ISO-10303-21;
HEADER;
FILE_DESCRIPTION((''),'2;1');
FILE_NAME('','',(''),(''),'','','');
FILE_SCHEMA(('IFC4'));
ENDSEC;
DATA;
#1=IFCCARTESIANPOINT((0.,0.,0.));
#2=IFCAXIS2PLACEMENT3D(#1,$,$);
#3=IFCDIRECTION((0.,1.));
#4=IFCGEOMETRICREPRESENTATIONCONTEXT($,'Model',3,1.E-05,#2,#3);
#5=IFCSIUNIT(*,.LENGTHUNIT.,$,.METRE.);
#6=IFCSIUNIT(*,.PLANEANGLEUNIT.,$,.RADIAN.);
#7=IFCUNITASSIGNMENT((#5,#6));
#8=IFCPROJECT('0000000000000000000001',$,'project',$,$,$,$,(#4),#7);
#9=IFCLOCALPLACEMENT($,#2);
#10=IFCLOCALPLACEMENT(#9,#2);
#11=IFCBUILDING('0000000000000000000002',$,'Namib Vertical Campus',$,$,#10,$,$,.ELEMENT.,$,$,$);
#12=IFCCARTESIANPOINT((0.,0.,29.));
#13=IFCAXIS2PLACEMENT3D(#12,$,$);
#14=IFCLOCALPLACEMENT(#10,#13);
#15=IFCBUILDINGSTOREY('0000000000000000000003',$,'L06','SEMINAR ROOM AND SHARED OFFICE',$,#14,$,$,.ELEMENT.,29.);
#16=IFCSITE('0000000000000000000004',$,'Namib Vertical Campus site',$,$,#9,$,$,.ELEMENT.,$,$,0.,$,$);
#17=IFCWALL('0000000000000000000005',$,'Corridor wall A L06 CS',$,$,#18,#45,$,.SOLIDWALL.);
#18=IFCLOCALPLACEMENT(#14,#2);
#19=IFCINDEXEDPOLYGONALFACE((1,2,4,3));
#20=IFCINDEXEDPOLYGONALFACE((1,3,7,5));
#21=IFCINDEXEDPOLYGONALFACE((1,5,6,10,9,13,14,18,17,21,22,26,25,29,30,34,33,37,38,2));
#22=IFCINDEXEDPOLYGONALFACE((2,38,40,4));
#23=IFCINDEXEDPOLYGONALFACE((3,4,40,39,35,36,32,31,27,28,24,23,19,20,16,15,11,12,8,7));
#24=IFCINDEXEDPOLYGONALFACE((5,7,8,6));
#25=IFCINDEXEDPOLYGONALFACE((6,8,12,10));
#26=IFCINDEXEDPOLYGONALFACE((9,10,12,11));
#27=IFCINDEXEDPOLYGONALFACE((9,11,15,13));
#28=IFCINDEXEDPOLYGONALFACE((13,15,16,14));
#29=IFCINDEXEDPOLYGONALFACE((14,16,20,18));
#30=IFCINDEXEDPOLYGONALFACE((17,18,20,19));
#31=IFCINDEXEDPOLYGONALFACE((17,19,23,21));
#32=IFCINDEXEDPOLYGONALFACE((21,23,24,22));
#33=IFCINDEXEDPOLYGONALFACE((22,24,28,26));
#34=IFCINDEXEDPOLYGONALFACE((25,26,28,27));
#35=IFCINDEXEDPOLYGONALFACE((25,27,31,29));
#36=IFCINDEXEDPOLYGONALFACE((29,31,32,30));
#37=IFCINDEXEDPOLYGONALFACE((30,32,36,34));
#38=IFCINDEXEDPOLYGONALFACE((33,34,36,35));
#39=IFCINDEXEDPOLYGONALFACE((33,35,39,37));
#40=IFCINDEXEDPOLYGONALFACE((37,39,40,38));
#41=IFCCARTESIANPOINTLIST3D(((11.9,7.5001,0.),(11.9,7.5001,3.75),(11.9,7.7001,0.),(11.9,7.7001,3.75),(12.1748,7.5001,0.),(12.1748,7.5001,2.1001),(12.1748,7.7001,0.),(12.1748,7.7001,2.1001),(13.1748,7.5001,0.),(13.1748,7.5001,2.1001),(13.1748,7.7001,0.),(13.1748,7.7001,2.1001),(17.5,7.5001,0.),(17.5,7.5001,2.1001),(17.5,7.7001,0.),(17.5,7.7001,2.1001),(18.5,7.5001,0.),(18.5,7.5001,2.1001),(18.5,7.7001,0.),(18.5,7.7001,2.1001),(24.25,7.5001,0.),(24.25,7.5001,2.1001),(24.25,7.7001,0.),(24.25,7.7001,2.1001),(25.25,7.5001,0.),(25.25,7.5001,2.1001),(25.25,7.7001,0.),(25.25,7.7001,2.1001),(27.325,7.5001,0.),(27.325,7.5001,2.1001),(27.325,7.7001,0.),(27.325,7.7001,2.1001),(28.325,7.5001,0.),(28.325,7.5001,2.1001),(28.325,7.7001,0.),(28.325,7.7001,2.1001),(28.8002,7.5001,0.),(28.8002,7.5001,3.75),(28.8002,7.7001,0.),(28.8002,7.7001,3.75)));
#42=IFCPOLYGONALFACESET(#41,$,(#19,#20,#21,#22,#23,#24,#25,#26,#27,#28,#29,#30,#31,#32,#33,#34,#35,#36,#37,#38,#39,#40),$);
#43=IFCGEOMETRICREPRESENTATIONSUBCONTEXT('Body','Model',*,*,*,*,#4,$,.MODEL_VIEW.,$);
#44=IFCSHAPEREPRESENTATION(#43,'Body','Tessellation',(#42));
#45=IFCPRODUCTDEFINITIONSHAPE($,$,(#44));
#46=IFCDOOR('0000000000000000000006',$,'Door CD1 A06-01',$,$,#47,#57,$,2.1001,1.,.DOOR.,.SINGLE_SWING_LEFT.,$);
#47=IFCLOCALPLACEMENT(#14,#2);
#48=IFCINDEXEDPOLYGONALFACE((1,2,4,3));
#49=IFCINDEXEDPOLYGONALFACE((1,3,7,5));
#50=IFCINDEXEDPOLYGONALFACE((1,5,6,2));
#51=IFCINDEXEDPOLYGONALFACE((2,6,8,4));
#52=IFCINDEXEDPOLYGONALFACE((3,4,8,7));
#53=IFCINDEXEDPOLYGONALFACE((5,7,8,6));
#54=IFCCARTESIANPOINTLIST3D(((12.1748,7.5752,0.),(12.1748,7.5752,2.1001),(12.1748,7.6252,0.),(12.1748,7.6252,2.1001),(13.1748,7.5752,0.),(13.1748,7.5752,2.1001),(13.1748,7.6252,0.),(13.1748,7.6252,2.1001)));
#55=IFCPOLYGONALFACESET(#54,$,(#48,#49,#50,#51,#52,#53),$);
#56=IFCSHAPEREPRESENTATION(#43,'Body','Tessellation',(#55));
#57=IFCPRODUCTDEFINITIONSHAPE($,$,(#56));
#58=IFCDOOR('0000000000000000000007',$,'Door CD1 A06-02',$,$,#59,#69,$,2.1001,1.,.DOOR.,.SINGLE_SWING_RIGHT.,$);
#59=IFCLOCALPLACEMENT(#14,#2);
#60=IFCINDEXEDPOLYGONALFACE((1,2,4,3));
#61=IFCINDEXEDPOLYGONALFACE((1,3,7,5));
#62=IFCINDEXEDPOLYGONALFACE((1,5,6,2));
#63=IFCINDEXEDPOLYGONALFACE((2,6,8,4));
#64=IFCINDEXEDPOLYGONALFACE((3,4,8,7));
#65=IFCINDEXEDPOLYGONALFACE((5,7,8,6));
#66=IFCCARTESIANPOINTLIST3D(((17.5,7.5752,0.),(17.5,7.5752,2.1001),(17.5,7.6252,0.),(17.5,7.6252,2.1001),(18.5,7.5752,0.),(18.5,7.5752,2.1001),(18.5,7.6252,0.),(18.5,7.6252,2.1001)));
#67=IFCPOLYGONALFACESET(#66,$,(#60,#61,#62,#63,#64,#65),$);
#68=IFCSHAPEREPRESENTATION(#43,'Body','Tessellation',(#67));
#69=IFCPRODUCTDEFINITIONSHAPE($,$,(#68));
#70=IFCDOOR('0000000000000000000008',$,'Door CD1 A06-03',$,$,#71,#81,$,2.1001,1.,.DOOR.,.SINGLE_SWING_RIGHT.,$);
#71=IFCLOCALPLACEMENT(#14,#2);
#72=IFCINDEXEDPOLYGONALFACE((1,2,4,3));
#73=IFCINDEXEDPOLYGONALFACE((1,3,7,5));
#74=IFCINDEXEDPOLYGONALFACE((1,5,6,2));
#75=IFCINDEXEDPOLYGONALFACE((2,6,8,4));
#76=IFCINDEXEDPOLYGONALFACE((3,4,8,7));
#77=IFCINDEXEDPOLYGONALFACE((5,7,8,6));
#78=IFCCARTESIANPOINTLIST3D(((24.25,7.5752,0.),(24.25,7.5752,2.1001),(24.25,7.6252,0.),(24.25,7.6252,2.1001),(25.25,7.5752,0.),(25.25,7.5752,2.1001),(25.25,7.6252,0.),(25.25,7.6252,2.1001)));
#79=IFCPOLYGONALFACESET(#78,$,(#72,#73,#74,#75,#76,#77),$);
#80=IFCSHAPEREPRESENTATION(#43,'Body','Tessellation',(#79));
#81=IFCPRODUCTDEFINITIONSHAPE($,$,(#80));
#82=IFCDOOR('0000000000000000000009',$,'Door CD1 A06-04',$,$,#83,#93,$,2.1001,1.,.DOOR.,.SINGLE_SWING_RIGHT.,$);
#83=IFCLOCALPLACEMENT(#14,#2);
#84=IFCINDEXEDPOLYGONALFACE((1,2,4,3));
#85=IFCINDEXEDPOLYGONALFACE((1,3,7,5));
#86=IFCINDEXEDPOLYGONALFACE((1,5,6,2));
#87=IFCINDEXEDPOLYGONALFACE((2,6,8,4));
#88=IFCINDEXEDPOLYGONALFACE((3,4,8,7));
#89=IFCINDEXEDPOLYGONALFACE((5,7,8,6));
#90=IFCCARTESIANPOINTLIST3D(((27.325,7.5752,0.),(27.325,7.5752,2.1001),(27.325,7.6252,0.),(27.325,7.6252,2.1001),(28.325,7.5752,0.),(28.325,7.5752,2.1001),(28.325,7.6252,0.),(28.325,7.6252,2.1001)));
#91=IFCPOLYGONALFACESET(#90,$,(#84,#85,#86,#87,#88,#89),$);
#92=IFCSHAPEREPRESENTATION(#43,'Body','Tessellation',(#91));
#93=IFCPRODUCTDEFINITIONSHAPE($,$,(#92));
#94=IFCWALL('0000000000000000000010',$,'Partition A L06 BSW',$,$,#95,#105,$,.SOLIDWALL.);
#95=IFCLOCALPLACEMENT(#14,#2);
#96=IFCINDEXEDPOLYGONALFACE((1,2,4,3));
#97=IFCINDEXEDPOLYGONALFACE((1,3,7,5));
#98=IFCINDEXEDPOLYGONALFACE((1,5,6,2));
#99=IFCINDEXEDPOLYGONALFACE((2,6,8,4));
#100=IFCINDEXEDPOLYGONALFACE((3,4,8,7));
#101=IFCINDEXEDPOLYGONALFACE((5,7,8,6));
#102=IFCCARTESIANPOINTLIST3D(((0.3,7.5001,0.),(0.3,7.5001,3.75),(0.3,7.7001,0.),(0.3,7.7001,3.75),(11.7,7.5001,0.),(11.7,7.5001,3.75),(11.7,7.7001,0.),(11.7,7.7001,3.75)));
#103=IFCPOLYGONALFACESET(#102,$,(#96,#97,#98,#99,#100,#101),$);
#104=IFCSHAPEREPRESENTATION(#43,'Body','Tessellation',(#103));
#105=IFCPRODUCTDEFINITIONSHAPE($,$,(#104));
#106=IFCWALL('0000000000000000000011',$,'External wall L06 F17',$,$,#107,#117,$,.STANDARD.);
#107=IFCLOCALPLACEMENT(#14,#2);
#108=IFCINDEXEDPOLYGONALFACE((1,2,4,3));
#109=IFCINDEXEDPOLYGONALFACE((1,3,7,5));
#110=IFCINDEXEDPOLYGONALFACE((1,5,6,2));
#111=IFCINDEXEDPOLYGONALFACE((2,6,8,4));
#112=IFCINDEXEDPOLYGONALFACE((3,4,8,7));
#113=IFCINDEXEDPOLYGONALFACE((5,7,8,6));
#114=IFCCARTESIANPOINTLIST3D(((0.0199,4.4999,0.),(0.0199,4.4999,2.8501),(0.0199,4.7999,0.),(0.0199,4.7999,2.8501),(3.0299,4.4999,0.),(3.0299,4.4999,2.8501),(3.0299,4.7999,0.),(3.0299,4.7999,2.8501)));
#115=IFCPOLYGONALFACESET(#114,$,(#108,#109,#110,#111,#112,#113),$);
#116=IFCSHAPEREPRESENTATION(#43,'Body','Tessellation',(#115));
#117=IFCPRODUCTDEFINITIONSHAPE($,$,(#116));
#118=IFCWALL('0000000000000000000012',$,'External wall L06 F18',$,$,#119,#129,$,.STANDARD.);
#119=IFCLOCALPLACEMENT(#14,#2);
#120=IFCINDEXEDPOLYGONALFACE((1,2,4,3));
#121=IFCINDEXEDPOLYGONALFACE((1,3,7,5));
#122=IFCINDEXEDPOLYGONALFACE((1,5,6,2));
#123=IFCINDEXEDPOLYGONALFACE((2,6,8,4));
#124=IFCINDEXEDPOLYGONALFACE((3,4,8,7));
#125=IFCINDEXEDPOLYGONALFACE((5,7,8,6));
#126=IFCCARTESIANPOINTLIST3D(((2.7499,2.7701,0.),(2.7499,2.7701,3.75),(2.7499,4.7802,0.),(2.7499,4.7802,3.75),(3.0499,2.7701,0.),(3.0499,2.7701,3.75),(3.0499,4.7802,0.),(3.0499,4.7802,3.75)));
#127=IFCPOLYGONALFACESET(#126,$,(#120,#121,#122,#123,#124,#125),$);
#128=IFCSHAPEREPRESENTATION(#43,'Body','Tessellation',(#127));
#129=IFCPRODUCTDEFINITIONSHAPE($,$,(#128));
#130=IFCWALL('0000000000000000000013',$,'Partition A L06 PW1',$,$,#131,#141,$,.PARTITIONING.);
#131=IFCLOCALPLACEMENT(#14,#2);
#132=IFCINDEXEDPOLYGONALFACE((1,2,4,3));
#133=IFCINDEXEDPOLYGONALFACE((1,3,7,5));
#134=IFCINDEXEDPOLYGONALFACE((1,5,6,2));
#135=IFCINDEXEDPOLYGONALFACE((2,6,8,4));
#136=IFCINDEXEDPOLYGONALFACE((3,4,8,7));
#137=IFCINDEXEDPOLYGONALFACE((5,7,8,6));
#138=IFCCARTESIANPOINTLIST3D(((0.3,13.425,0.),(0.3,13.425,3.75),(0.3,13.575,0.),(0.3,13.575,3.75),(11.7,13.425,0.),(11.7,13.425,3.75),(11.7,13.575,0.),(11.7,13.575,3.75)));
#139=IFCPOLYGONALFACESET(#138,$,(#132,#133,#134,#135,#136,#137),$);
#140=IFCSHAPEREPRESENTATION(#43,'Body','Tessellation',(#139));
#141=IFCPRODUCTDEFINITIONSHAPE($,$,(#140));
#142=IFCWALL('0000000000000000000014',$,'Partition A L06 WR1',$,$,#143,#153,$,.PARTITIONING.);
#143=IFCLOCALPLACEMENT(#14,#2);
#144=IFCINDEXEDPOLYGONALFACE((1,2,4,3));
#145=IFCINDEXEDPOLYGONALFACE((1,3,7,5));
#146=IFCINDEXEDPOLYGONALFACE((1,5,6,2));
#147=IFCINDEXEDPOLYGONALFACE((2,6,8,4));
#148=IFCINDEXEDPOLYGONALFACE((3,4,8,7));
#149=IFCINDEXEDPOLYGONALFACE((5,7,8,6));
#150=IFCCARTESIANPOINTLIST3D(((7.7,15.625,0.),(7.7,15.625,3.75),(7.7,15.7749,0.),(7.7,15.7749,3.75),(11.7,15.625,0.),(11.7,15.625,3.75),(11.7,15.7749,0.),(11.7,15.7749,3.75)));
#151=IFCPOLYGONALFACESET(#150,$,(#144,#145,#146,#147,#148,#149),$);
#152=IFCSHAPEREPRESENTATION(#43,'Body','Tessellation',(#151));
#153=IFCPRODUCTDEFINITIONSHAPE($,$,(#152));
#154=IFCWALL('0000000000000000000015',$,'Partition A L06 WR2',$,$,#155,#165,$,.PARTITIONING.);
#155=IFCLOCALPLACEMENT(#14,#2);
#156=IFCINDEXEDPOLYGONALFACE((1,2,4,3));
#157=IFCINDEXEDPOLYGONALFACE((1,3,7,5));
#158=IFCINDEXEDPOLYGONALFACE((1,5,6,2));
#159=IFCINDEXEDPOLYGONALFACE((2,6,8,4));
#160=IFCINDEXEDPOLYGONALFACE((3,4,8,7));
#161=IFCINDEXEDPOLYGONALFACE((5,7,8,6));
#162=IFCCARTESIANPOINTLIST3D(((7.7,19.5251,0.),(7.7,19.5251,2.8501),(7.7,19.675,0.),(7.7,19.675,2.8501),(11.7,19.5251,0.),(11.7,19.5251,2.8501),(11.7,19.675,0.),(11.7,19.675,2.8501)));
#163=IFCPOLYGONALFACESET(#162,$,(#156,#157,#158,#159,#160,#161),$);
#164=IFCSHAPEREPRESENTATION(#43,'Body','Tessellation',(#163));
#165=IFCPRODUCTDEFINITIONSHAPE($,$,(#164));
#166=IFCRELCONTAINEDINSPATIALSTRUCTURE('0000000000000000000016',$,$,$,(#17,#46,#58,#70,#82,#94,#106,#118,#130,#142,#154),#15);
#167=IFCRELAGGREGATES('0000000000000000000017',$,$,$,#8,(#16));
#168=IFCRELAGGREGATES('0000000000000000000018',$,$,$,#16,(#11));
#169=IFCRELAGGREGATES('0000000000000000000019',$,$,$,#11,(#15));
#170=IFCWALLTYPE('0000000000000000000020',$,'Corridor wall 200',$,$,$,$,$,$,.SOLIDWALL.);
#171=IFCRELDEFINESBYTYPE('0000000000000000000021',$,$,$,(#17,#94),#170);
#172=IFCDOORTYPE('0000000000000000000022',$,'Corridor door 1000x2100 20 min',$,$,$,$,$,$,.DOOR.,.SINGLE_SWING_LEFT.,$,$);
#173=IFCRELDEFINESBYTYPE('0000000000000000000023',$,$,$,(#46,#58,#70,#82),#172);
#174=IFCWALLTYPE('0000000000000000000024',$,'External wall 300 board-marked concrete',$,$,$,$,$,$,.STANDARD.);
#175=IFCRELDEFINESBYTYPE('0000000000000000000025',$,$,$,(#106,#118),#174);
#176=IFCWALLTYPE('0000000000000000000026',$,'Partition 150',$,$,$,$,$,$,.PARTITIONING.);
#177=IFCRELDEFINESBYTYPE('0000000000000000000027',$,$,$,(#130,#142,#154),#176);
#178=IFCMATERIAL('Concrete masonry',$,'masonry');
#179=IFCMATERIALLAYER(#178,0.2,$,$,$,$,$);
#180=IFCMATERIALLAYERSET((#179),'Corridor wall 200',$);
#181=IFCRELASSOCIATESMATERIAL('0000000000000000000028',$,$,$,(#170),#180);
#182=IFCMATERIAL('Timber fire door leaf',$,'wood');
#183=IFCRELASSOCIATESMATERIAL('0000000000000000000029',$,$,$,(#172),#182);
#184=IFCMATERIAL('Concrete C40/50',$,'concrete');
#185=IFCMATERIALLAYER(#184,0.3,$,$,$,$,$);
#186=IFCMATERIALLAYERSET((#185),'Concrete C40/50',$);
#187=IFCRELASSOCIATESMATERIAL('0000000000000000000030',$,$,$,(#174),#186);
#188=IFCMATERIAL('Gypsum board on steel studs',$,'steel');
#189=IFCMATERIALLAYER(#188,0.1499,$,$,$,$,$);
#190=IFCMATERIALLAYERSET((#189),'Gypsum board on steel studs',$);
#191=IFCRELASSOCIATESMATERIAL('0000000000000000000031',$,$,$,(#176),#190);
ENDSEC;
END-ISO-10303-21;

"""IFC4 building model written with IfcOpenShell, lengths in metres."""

from ifc_helpers import new_model, si_unit, direction, frame, frame_2d, origin, place, context, subcontext, project, spatial, rectangle, extrude, material, layer, layer_set, type_object, element, fill, save


model = new_model("IFC4")

# Units and contexts
model_context = context("Model", 3, precision=1e-05, world=origin(), true_north=direction((0.0, 1.0)))
body_context = subcontext(model_context, "Body", "Model", "MODEL_VIEW")
ifc_project = project(units=[si_unit("LENGTHUNIT", "METRE"), si_unit("PLANEANGLEUNIT", "RADIAN")], contexts=[model_context])

# Site, building, storey
site_placement = place(None, origin())
site = spatial("IfcSite", under=ifc_project, at=site_placement, Name="Namib Vertical Campus site", CompositionType="ELEMENT", RefElevation=0.0)
building_placement = place(site_placement, origin())
building = spatial("IfcBuilding", under=site, at=building_placement, Name="Namib Vertical Campus", CompositionType="ELEMENT")
storey_placement = place(building_placement, frame((0.0, 0.0, 29.0)))
storey = spatial("IfcBuildingStorey", under=building, at=storey_placement, Name="L06", Description="SEMINAR ROOM AND SHARED OFFICE", CompositionType="ELEMENT", Elevation=29.0)

# Wall, openings, doors
ifc_material_1 = material(Name="Concrete masonry", Category="masonry")
ifc_layer_1 = layer(ifc_material_1, 0.2)
ifc_layer_set_1 = layer_set([ifc_layer_1], Name="Corridor wall 200")
wall_type_1 = type_object("IfcWallType", Name="Corridor wall 200", PredefinedType="SOLIDWALL", material=ifc_layer_set_1)
wall_1_placement = place(storey_placement, frame((11.8999, 7.6001, 0.0), z_axis=(0.0, 0.0, 1.0), x_axis=(1.0, 0.0, 0.0)))
wall_1 = element("IfcWall", 1, at=wall_1_placement, inside=storey, type_object=wall_type_1, Name="Corridor wall A L06 CS", PredefinedType="SOLIDWALL", context=body_context, shape_type="SweptSolid", body=[
    extrude(rectangle(XDim=16.9001, YDim=0.2, at=frame_2d((8.4502, 0.0))), origin(), (0.0, 0.0, 1.0), 3.75),
])
opening_1_placement = place(wall_1_placement, frame((0.2749, 0.0, 0.0)))
opening_1 = element("IfcOpeningElement", 2, at=opening_1_placement, cuts=wall_1, PredefinedType="OPENING", context=body_context, shape_type="SweptSolid", body=[
    extrude(rectangle(XDim=1.0, YDim=2.1001, at=frame_2d((0.5, 1.05))), frame((0.0, 0.1099, 0.0), z_axis=(0.0, -1.0, 0.0), x_axis=(1.0, 0.0, 0.0)), (0.0, 0.0, 1.0), 0.22),
])
opening_2_placement = place(wall_1_placement, frame((5.6001, 0.0, 0.0)))
opening_2 = element("IfcOpeningElement", 3, at=opening_2_placement, cuts=wall_1, PredefinedType="OPENING", context=body_context, shape_type="SweptSolid", body=[
    extrude(rectangle(XDim=1.0, YDim=2.1001, at=frame_2d((0.5, 1.05))), frame((0.0, 0.1099, 0.0), z_axis=(0.0, -1.0, 0.0), x_axis=(1.0, 0.0, 0.0)), (0.0, 0.0, 1.0), 0.22),
])
opening_3_placement = place(wall_1_placement, frame((12.3501, 0.0, 0.0)))
opening_3 = element("IfcOpeningElement", 4, at=opening_3_placement, cuts=wall_1, PredefinedType="OPENING", context=body_context, shape_type="SweptSolid", body=[
    extrude(rectangle(XDim=1.0, YDim=2.1001, at=frame_2d((0.5, 1.05))), frame((0.0, 0.1099, 0.0), z_axis=(0.0, -1.0, 0.0), x_axis=(1.0, 0.0, 0.0)), (0.0, 0.0, 1.0), 0.22),
])
opening_4_placement = place(wall_1_placement, frame((15.425, 0.0, 0.0)))
opening_4 = element("IfcOpeningElement", 5, at=opening_4_placement, cuts=wall_1, PredefinedType="OPENING", context=body_context, shape_type="SweptSolid", body=[
    extrude(rectangle(XDim=1.0, YDim=2.1001, at=frame_2d((0.5, 1.05))), frame((0.0, 0.1099, 0.0), z_axis=(0.0, -1.0, 0.0), x_axis=(1.0, 0.0, 0.0)), (0.0, 0.0, 1.0), 0.22),
])
ifc_material_2 = material(Name="Timber fire door leaf", Category="wood")
door_type = type_object("IfcDoorType", Name="Corridor door 1000x2100 20 min", OperationType="SINGLE_SWING_LEFT", PredefinedType="DOOR", material=ifc_material_2)
door_1_placement = place(opening_1_placement, frame((1.0, 0.0, 0.0), z_axis=(0.0, 0.0, 1.0), x_axis=(-1.0, 0.0, 0.0)))
door_1 = element("IfcDoor", 6, at=door_1_placement, inside=storey, type_object=door_type, Name="Door CD1 A06-01", OperationType="SINGLE_SWING_LEFT", OverallHeight=2.1001, OverallWidth=1.0, PredefinedType="DOOR", context=body_context, shape_type="SweptSolid", body=[
    extrude(rectangle(XDim=1.0, YDim=2.1001, at=frame_2d((0.5, 1.05))), frame((0.0, 0.0249, 0.0), z_axis=(0.0, -1.0, 0.0), x_axis=(1.0, 0.0, 0.0)), (0.0, 0.0, 1.0), 0.05),
])
fill(opening_1, door_1)
door_2_placement = place(opening_2_placement, frame((1.0, 0.0, 0.0), z_axis=(0.0, 0.0, 1.0), x_axis=(-1.0, 0.0, 0.0)))
door_2 = element("IfcDoor", 7, at=door_2_placement, inside=storey, type_object=door_type, Name="Door CD1 A06-02", OperationType="SINGLE_SWING_RIGHT", OverallHeight=2.1001, OverallWidth=1.0, PredefinedType="DOOR", context=body_context, shape_type="SweptSolid", body=[
    extrude(rectangle(XDim=1.0, YDim=2.1001, at=frame_2d((0.5, 1.05))), frame((0.0, 0.0249, 0.0), z_axis=(0.0, -1.0, 0.0), x_axis=(1.0, 0.0, 0.0)), (0.0, 0.0, 1.0), 0.05),
])
fill(opening_2, door_2)
door_3_placement = place(opening_3_placement, frame((1.0, 0.0, 0.0), z_axis=(0.0, 0.0, 1.0), x_axis=(-1.0, 0.0, 0.0)))
door_3 = element("IfcDoor", 8, at=door_3_placement, inside=storey, type_object=door_type, Name="Door CD1 A06-03", OperationType="SINGLE_SWING_RIGHT", OverallHeight=2.1001, OverallWidth=1.0, PredefinedType="DOOR", context=body_context, shape_type="SweptSolid", body=[
    extrude(rectangle(XDim=1.0, YDim=2.1001, at=frame_2d((0.5, 1.05))), frame((0.0, 0.0249, 0.0), z_axis=(0.0, -1.0, 0.0), x_axis=(1.0, 0.0, 0.0)), (0.0, 0.0, 1.0), 0.05),
])
fill(opening_3, door_3)
door_4_placement = place(opening_4_placement, frame((1.0, 0.0, 0.0), z_axis=(0.0, 0.0, 1.0), x_axis=(-1.0, 0.0, 0.0)))
door_4 = element("IfcDoor", 9, at=door_4_placement, inside=storey, type_object=door_type, Name="Door CD1 A06-04", OperationType="SINGLE_SWING_RIGHT", OverallHeight=2.1001, OverallWidth=1.0, PredefinedType="DOOR", context=body_context, shape_type="SweptSolid", body=[
    extrude(rectangle(XDim=1.0, YDim=2.1001, at=frame_2d((0.5, 1.05))), frame((0.0, 0.0249, 0.0), z_axis=(0.0, -1.0, 0.0), x_axis=(1.0, 0.0, 0.0)), (0.0, 0.0, 1.0), 0.05),
])
fill(opening_4, door_4)

# Walls
wall_2_placement = place(storey_placement, frame((0.3, 7.6001, 0.0), z_axis=(0.0, 0.0, 1.0), x_axis=(1.0, 0.0, 0.0)))
element("IfcWall", 10, at=wall_2_placement, inside=storey, type_object=wall_type_1, Name="Partition A L06 BSW", PredefinedType="SOLIDWALL", context=body_context, shape_type="SweptSolid", body=[
    extrude(rectangle(XDim=11.3999, YDim=0.2, at=frame_2d((5.7, 0.0))), origin(), (0.0, 0.0, 1.0), 3.75),
])
ifc_material_3 = material(Name="Concrete C40/50", Category="concrete")
ifc_layer_2 = layer(ifc_material_3, 0.3)
ifc_layer_set_2 = layer_set([ifc_layer_2], Name="Concrete C40/50")
wall_type_2 = type_object("IfcWallType", Name="External wall 300 board-marked concrete", PredefinedType="STANDARD", material=ifc_layer_set_2)
wall_3_placement = place(storey_placement, frame((0.02, 4.6499, 0.0), z_axis=(0.0, 0.0, 1.0), x_axis=(1.0, 0.0, 0.0)))
element("IfcWall", 11, at=wall_3_placement, inside=storey, type_object=wall_type_2, Name="External wall L06 F17", PredefinedType="STANDARD", context=body_context, shape_type="SweptSolid", body=[
    extrude(rectangle(XDim=3.01, YDim=0.3, at=frame_2d((1.5049, 0.0))), origin(), (0.0, 0.0, 1.0), 2.8501),
])
wall_4_placement = place(storey_placement, frame((2.8999, 4.78, 0.0), z_axis=(0.0, 0.0, 1.0), x_axis=(0.0, -1.0, 0.0)))
element("IfcWall", 12, at=wall_4_placement, inside=storey, type_object=wall_type_2, Name="External wall L06 F18", PredefinedType="STANDARD", context=body_context, shape_type="SweptSolid", body=[
    extrude(rectangle(XDim=2.01, YDim=0.3, at=frame_2d((1.0049, 0.0))), origin(), (0.0, 0.0, 1.0), 3.75),
])
ifc_material_4 = material(Name="Gypsum board on steel studs", Category="steel")
ifc_layer_3 = layer(ifc_material_4, 0.1499)
ifc_layer_set_3 = layer_set([ifc_layer_3], Name="Gypsum board on steel studs")
wall_type_3 = type_object("IfcWallType", Name="Partition 150", PredefinedType="PARTITIONING", material=ifc_layer_set_3)
wall_5_placement = place(storey_placement, frame((0.3, 13.5, 0.0), z_axis=(0.0, 0.0, 1.0), x_axis=(1.0, 0.0, 0.0)))
element("IfcWall", 13, at=wall_5_placement, inside=storey, type_object=wall_type_3, Name="Partition A L06 PW1", PredefinedType="PARTITIONING", context=body_context, shape_type="SweptSolid", body=[
    extrude(rectangle(XDim=11.3999, YDim=0.1499, at=frame_2d((5.7, 0.0))), origin(), (0.0, 0.0, 1.0), 3.75),
])
wall_6_placement = place(storey_placement, frame((11.7, 15.7, 0.0), z_axis=(0.0, 0.0, 1.0), x_axis=(-1.0, 0.0, 0.0)))
element("IfcWall", 14, at=wall_6_placement, inside=storey, type_object=wall_type_3, Name="Partition A L06 WR1", PredefinedType="PARTITIONING", context=body_context, shape_type="SweptSolid", body=[
    extrude(rectangle(XDim=4.0, YDim=0.1499, at=frame_2d((2.0, 0.0))), origin(), (0.0, 0.0, 1.0), 3.75),
])
wall_7_placement = place(storey_placement, frame((11.7, 19.6001, 0.0), z_axis=(0.0, 0.0, 1.0), x_axis=(-1.0, 0.0, 0.0)))
element("IfcWall", 15, at=wall_7_placement, inside=storey, type_object=wall_type_3, Name="Partition A L06 WR2", PredefinedType="PARTITIONING", context=body_context, shape_type="SweptSolid", body=[
    extrude(rectangle(XDim=4.0, YDim=0.1499, at=frame_2d((2.0, 0.0))), origin(), (0.0, 0.0, 1.0), 2.8501),
])

save(model, "model.ifc")
